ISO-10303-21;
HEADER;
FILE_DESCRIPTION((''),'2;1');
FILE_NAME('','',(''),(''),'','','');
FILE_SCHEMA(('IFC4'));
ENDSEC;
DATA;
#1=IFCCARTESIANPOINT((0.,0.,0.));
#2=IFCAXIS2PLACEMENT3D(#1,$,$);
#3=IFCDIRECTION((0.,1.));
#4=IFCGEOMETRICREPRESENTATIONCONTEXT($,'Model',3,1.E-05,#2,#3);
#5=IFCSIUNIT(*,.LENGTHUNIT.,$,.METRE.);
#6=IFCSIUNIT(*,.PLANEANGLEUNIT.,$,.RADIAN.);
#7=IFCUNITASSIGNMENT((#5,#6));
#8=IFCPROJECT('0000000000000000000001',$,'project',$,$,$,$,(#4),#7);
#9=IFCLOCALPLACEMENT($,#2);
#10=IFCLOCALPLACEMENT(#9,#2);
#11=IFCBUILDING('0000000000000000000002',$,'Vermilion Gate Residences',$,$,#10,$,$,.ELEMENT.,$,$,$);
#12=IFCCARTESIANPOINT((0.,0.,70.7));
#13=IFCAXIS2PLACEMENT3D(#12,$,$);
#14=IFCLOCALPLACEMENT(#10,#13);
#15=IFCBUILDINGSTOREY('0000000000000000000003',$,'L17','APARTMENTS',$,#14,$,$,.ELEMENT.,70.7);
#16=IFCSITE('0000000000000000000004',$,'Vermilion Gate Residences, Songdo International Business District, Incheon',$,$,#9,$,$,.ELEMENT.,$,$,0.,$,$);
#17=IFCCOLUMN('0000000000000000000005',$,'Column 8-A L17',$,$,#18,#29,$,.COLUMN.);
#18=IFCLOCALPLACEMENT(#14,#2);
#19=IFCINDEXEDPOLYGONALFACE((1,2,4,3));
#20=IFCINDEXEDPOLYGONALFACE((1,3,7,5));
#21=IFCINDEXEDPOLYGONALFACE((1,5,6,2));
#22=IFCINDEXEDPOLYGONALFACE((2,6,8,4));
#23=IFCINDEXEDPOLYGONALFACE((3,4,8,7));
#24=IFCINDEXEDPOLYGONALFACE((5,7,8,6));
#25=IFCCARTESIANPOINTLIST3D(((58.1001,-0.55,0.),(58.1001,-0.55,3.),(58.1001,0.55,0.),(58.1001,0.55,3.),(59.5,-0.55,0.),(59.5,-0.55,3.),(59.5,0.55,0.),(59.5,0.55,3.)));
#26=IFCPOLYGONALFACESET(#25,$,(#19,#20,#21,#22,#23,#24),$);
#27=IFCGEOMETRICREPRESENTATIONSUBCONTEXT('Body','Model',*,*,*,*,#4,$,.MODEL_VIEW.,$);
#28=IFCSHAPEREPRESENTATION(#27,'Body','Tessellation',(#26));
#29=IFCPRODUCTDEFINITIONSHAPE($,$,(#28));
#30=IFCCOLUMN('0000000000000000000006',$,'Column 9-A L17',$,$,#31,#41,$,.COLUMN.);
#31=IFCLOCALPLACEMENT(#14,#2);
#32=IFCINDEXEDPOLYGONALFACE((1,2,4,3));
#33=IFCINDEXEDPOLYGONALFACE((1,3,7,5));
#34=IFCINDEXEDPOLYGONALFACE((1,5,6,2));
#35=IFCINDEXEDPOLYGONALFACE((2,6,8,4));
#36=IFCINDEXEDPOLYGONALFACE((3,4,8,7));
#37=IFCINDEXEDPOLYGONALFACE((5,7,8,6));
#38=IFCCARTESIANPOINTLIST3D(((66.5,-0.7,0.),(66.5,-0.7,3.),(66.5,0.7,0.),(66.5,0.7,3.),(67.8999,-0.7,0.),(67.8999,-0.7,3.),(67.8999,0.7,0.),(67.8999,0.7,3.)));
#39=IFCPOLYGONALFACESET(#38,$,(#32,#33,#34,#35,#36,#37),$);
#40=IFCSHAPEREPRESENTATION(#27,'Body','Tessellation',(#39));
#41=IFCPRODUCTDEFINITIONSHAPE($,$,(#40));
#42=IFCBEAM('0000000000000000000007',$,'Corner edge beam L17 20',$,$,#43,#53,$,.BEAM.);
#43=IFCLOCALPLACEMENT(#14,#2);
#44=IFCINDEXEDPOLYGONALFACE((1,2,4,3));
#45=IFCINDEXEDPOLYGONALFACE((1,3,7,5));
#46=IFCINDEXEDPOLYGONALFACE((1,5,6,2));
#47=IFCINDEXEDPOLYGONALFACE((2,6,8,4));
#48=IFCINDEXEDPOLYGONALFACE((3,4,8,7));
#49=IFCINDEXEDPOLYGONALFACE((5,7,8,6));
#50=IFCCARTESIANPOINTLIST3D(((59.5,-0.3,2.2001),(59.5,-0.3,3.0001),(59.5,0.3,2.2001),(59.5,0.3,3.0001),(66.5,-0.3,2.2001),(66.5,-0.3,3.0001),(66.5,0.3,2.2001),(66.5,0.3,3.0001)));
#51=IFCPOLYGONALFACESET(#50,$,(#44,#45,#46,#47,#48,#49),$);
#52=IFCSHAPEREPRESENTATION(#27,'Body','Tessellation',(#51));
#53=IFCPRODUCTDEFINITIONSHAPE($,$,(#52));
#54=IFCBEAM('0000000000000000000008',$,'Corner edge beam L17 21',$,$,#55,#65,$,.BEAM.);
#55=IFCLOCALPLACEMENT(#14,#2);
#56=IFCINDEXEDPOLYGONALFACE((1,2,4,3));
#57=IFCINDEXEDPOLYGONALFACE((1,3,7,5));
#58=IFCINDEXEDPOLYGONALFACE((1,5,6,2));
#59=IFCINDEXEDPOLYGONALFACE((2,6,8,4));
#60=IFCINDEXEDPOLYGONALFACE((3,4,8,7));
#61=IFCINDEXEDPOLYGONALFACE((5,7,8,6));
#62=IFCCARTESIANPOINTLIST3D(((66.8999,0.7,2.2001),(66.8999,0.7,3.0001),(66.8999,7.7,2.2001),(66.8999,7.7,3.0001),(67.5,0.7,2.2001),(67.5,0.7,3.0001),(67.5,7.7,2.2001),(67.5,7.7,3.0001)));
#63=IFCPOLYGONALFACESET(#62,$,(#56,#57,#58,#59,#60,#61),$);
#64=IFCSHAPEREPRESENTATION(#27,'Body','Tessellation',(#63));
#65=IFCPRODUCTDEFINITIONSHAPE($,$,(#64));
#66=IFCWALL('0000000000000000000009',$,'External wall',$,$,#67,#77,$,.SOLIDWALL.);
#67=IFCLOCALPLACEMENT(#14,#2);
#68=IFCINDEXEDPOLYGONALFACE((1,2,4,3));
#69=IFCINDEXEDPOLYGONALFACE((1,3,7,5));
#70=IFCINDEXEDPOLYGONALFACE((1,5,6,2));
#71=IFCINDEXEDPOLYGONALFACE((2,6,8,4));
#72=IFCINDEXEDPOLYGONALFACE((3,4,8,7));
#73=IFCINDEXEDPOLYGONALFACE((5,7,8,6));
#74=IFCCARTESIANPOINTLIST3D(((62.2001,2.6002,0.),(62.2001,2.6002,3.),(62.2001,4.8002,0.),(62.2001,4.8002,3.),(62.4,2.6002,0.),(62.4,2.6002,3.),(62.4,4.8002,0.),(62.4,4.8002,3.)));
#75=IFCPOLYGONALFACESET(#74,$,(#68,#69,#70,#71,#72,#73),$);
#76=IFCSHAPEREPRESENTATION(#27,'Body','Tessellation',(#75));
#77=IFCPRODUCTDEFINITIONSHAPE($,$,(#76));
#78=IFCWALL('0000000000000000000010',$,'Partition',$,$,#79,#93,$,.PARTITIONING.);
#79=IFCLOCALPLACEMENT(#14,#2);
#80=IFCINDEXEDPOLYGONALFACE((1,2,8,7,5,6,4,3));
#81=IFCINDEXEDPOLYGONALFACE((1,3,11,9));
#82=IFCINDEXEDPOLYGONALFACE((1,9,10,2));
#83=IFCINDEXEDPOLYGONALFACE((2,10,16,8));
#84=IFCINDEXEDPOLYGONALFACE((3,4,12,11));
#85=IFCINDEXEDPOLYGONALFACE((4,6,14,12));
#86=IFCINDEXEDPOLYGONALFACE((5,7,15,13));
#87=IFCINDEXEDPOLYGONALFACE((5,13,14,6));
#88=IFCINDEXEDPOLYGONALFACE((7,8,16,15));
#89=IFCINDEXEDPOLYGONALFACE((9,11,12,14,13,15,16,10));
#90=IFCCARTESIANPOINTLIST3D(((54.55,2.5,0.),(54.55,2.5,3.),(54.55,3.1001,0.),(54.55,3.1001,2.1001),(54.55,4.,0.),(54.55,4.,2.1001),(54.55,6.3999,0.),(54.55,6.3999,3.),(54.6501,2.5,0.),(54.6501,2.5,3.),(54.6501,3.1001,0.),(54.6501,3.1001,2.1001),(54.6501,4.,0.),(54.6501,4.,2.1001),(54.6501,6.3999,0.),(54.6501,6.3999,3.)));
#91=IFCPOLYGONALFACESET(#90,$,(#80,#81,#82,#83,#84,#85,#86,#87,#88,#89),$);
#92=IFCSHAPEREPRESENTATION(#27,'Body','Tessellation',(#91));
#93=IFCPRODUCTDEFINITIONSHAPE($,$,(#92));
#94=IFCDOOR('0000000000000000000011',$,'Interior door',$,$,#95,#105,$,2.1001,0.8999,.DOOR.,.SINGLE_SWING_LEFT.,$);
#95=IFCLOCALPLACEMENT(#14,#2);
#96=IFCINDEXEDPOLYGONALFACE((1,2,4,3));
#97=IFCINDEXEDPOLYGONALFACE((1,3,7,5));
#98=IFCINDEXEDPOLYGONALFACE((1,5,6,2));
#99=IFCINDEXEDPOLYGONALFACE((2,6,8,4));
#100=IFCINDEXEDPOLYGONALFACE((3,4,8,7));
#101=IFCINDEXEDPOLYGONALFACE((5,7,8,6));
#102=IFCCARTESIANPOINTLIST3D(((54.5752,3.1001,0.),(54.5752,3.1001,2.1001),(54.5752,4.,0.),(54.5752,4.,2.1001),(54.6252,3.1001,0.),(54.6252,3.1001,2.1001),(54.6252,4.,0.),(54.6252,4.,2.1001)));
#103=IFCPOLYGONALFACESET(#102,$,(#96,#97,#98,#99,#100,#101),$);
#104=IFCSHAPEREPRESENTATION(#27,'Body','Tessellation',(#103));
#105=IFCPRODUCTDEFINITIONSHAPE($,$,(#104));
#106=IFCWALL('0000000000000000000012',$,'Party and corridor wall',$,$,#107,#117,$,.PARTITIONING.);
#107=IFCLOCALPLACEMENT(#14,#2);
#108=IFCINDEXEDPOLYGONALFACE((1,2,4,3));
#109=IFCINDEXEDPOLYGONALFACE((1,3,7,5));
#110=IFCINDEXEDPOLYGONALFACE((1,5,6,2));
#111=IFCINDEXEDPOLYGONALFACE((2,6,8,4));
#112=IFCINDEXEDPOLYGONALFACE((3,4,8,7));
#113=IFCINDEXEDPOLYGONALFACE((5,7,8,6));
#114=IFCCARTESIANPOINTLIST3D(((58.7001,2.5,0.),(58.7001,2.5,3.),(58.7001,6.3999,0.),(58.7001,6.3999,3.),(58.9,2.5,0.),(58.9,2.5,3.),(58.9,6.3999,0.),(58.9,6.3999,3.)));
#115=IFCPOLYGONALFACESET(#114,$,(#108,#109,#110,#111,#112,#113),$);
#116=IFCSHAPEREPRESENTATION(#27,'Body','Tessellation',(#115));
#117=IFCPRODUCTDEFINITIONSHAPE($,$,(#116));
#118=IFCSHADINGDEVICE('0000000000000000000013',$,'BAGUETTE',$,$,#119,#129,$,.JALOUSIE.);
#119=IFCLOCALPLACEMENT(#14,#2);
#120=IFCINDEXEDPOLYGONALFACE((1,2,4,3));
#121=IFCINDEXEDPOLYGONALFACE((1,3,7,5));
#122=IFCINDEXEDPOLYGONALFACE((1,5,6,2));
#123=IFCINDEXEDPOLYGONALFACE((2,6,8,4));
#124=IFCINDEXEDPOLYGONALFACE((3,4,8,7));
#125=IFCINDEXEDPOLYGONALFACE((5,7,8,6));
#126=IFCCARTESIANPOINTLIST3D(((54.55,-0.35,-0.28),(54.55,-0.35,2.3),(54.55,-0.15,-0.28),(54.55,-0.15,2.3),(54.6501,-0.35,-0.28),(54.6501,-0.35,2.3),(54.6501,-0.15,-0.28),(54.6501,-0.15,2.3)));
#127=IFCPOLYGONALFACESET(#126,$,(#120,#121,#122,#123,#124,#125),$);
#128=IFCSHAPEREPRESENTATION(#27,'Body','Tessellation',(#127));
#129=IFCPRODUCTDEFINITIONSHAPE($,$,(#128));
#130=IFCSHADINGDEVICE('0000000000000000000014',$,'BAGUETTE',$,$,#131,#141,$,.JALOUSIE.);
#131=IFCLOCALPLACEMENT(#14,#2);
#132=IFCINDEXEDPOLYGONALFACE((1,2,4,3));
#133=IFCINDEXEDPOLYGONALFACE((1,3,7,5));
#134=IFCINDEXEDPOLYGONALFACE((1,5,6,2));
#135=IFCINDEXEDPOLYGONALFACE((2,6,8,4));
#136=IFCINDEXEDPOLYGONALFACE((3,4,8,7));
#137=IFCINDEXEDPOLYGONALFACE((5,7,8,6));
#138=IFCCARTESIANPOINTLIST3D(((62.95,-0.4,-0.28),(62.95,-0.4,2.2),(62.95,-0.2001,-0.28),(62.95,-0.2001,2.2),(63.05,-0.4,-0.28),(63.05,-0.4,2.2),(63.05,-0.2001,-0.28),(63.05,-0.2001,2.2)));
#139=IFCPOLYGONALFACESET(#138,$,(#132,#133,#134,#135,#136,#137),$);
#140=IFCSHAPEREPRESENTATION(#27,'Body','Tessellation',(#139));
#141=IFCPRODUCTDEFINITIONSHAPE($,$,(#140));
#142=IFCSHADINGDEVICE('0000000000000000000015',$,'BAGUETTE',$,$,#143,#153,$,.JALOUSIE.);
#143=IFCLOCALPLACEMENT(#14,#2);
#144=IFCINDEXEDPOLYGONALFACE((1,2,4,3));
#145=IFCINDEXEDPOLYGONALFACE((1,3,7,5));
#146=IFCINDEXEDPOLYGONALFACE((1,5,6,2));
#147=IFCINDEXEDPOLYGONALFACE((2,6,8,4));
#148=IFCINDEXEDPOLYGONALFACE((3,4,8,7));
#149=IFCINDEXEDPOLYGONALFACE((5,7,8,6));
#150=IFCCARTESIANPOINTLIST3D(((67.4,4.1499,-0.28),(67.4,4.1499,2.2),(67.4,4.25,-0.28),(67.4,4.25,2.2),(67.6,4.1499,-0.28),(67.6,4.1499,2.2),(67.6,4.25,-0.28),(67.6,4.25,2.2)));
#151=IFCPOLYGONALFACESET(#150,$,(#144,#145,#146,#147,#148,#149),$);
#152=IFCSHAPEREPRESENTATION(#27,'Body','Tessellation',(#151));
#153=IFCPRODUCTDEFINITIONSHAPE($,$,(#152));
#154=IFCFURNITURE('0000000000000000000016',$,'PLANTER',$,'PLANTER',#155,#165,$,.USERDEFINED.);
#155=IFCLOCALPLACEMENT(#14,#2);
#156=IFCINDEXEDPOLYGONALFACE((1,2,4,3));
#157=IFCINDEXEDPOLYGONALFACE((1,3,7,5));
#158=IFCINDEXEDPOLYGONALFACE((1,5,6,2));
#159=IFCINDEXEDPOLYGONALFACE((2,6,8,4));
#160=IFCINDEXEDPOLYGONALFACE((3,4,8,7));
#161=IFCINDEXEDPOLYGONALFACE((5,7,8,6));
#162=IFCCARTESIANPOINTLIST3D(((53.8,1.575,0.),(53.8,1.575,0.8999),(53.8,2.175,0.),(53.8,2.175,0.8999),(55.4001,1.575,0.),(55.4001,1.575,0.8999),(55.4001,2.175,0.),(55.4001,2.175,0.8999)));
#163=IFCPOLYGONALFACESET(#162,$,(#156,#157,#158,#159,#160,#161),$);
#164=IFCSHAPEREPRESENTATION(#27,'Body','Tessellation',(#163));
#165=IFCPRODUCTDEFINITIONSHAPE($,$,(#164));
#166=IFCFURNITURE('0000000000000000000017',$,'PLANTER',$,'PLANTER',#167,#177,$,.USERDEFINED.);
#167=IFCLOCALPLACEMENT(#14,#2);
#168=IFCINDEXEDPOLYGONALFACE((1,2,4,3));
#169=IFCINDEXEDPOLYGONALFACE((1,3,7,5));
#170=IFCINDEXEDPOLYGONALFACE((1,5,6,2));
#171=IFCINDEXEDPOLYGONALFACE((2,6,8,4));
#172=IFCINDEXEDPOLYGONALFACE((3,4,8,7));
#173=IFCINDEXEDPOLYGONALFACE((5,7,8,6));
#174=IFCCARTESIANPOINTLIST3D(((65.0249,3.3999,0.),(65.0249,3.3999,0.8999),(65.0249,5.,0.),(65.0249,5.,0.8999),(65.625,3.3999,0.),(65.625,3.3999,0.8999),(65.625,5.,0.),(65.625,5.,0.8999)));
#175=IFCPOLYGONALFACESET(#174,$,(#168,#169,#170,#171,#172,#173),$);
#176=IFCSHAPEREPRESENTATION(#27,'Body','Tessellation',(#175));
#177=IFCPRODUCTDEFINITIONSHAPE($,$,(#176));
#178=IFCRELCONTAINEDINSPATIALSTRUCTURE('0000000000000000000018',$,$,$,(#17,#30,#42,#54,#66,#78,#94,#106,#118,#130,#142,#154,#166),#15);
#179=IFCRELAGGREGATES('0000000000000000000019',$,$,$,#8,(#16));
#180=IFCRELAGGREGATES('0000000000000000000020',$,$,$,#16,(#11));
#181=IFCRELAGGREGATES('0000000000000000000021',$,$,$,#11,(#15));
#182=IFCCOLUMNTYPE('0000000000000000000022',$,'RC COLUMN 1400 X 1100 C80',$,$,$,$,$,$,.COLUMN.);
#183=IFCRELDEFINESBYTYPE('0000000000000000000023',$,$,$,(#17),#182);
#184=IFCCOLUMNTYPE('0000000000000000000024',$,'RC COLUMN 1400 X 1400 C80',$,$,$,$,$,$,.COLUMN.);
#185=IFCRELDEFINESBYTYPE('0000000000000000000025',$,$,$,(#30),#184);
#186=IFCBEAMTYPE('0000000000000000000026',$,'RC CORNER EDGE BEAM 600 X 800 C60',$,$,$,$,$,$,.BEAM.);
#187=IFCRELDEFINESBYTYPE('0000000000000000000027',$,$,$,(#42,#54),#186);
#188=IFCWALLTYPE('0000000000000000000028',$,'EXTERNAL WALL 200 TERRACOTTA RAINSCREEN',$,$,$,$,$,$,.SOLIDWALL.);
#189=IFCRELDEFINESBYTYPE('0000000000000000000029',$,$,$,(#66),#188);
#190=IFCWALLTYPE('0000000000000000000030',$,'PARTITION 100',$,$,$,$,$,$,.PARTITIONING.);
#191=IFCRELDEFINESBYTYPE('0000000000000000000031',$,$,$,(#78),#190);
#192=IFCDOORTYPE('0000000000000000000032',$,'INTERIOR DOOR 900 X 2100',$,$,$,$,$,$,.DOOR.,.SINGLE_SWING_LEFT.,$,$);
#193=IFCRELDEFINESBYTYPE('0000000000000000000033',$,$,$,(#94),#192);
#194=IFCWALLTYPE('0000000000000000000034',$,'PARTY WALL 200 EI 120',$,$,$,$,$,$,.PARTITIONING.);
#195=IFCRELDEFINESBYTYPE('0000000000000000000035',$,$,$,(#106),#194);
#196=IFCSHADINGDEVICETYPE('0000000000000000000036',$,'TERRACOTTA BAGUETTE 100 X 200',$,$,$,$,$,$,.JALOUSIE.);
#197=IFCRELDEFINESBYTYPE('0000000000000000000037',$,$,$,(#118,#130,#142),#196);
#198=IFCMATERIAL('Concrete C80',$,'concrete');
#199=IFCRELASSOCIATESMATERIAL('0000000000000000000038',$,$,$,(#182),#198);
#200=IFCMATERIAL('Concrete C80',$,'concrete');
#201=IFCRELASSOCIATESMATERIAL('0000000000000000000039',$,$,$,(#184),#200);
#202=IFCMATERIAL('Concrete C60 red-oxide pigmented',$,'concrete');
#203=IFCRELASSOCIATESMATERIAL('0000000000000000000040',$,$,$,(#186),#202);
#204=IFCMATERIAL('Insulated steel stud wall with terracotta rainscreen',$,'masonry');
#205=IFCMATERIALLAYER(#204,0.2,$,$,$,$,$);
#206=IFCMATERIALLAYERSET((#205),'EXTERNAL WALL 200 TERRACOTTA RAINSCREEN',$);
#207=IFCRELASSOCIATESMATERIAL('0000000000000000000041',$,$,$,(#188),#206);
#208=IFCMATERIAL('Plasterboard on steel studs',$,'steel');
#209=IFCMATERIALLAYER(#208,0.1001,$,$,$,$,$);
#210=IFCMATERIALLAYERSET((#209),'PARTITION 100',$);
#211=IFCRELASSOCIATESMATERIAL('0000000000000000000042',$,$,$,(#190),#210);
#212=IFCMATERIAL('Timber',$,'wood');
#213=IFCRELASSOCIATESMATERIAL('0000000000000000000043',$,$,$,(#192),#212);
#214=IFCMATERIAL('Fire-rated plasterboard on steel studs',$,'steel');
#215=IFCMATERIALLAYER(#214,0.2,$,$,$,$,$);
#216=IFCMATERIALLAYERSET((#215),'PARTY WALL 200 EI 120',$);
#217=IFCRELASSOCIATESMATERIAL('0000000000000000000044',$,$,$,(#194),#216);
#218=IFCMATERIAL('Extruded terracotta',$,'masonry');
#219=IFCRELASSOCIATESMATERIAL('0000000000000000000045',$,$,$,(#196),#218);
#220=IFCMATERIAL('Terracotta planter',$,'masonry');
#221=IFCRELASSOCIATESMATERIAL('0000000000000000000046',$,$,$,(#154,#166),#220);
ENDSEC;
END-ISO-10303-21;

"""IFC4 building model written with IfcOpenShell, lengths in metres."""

from ifc_helpers import new_model, si_unit, direction, frame, frame_2d, origin, origin_2d, place, context, subcontext, project, spatial, rectangle, extrude, material, layer, layer_set, material_profile, profile_set, type_object, element, fill, save


model = new_model("IFC4")

# Units and contexts
model_context = context("Model", 3, precision=1e-05, world=origin(), true_north=direction((0.0, 1.0)))
body_context = subcontext(model_context, "Body", "Model", "MODEL_VIEW")
ifc_project = project(units=[si_unit("LENGTHUNIT", "METRE"), si_unit("PLANEANGLEUNIT", "RADIAN")], contexts=[model_context])

# Site, building, storey
site_placement = place(None, origin())
site = spatial("IfcSite", under=ifc_project, at=site_placement, Name="Vermilion Gate Residences, Songdo International Business District, Incheon", CompositionType="ELEMENT", RefElevation=0.0)
building_placement = place(site_placement, origin())
building = spatial("IfcBuilding", under=site, at=building_placement, Name="Vermilion Gate Residences", CompositionType="ELEMENT")
storey_placement = place(building_placement, frame((0.0, 0.0, 70.7)))
storey = spatial("IfcBuildingStorey", under=building, at=storey_placement, Name="L17", Description="APARTMENTS", CompositionType="ELEMENT", Elevation=70.7)

# Columns
ifc_material_1 = material(Name="Concrete C80", Category="concrete")
ifc_material_profile_1 = material_profile(ifc_material_1, rectangle(XDim=1.3999, YDim=1.1001, at=origin_2d()), Name="RC-1400x1100")
ifc_profile_set_1 = profile_set([ifc_material_profile_1], Name="Concrete C80")
column_type_1 = type_object("IfcColumnType", Name="RC COLUMN 1400 X 1100 C80", PredefinedType="COLUMN", material=ifc_profile_set_1)
column_1_placement = place(storey_placement, frame((58.8, 0.0, 0.0), z_axis=(0.0, 0.0, 1.0), x_axis=(1.0, 0.0, 0.0)))
element("IfcColumn", 1, at=column_1_placement, inside=storey, type_object=column_type_1, Name="Column 8-A L17", PredefinedType="COLUMN", context=body_context, shape_type="SweptSolid", body=[
    extrude(rectangle(XDim=1.3999, YDim=1.1001, at=origin_2d()), origin(), (0.0, 0.0, 1.0), 3.0),
])
ifc_material_2 = material(Name="Concrete C80", Category="concrete")
ifc_material_profile_2 = material_profile(ifc_material_2, rectangle(XDim=1.3999, YDim=1.3999, at=origin_2d()), Name="RC-1400x1400")
ifc_profile_set_2 = profile_set([ifc_material_profile_2], Name="Concrete C80")
column_type_2 = type_object("IfcColumnType", Name="RC COLUMN 1400 X 1400 C80", PredefinedType="COLUMN", material=ifc_profile_set_2)
column_2_placement = place(storey_placement, frame((67.2, 0.0, 0.0), z_axis=(0.0, 0.0, 1.0), x_axis=(1.0, 0.0, 0.0)))
element("IfcColumn", 2, at=column_2_placement, inside=storey, type_object=column_type_2, Name="Column 9-A L17", PredefinedType="COLUMN", context=body_context, shape_type="SweptSolid", body=[
    extrude(rectangle(XDim=1.3999, YDim=1.3999, at=origin_2d()), origin(), (0.0, 0.0, 1.0), 3.0),
])

# Beams
ifc_material_3 = material(Name="Concrete C60 red-oxide pigmented", Category="concrete")
ifc_material_profile_3 = material_profile(ifc_material_3, rectangle(XDim=0.6001, YDim=0.8, at=origin_2d()), Name="RC-600x800")
ifc_profile_set_3 = profile_set([ifc_material_profile_3], Name="Concrete C60 red-oxide pigmented")
beam_type = type_object("IfcBeamType", Name="RC CORNER EDGE BEAM 600 X 800 C60", PredefinedType="BEAM", material=ifc_profile_set_3)
for number, where, z_axis, x_axis, name in (
    (3, (59.5, 0.0, 2.6001), (1.0, 0.0, 0.0), (0.0, 1.0, 0.0), "Corner edge beam L17 20"),
    (4, (67.2, 0.7, 2.6001), (0.0, 1.0, 0.0), (-1.0, 0.0, 0.0), "Corner edge beam L17 21"),
):
    element("IfcBeam", number, at=place(storey_placement, frame(where, z_axis=z_axis, x_axis=x_axis)), inside=storey, type_object=beam_type, Name=name, PredefinedType="BEAM", context=body_context, shape_type="SweptSolid", body=[
        extrude(rectangle(XDim=0.6001, YDim=0.8, at=origin_2d()), origin(), (0.0, 0.0, 1.0), 7.0),
    ])

# Wall
ifc_material_4 = material(Name="Insulated steel stud wall with terracotta rainscreen", Category="masonry")
ifc_layer_1 = layer(ifc_material_4, 0.2)
ifc_layer_set_1 = layer_set([ifc_layer_1], Name="EXTERNAL WALL 200 TERRACOTTA RAINSCREEN")
wall_type_1 = type_object("IfcWallType", Name="EXTERNAL WALL 200 TERRACOTTA RAINSCREEN", PredefinedType="SOLIDWALL", material=ifc_layer_set_1)
wall_1_placement = place(storey_placement, frame((62.3, 2.6001, 0.0), z_axis=(0.0, 0.0, 1.0), x_axis=(0.0, 1.0, 0.0)))
element("IfcWall", 5, at=wall_1_placement, inside=storey, type_object=wall_type_1, Name="External wall", PredefinedType="SOLIDWALL", context=body_context, shape_type="SweptSolid", body=[
    extrude(rectangle(XDim=2.2, YDim=0.2, at=frame_2d((1.1001, 0.0))), origin(), (0.0, 0.0, 1.0), 3.0),
])

# Wall, opening, door
ifc_material_5 = material(Name="Plasterboard on steel studs", Category="steel")
ifc_layer_2 = layer(ifc_material_5, 0.1001)
ifc_layer_set_2 = layer_set([ifc_layer_2], Name="PARTITION 100")
wall_type_2 = type_object("IfcWallType", Name="PARTITION 100", PredefinedType="PARTITIONING", material=ifc_layer_set_2)
wall_2_placement = place(storey_placement, frame((54.6001, 2.5, 0.0), z_axis=(0.0, 0.0, 1.0), x_axis=(0.0, 1.0, 0.0)))
wall_2 = element("IfcWall", 6, at=wall_2_placement, inside=storey, type_object=wall_type_2, Name="Partition", PredefinedType="PARTITIONING", context=body_context, shape_type="SweptSolid", body=[
    extrude(rectangle(XDim=3.8999, YDim=0.1001, at=frame_2d((1.95, 0.0))), origin(), (0.0, 0.0, 1.0), 3.0),
])
opening_placement = place(wall_2_placement, frame((0.6001, 0.0, 0.0)))
opening = element("IfcOpeningElement", 7, at=opening_placement, cuts=wall_2, PredefinedType="OPENING", context=body_context, shape_type="SweptSolid", body=[
    extrude(rectangle(XDim=0.8999, YDim=2.1001, at=frame_2d((0.45, 1.05))), frame((0.0, 0.0601, 0.0), z_axis=(0.0, -1.0, 0.0), x_axis=(1.0, 0.0, 0.0)), (0.0, 0.0, 1.0), 0.1201),
])
ifc_material_6 = material(Name="Timber", Category="wood")
door_type = type_object("IfcDoorType", Name="INTERIOR DOOR 900 X 2100", OperationType="SINGLE_SWING_LEFT", PredefinedType="DOOR", material=ifc_material_6)
door_placement = place(opening_placement, origin())
door = element("IfcDoor", 8, at=door_placement, inside=storey, type_object=door_type, Name="Interior door", OperationType="SINGLE_SWING_LEFT", OverallHeight=2.1001, OverallWidth=0.8999, PredefinedType="DOOR", context=body_context, shape_type="SweptSolid", body=[
    extrude(rectangle(XDim=0.8999, YDim=2.1001, at=frame_2d((0.45, 1.05))), frame((0.0, 0.0249, 0.0), z_axis=(0.0, -1.0, 0.0), x_axis=(1.0, 0.0, 0.0)), (0.0, 0.0, 1.0), 0.05),
])
fill(opening, door)

# Wall
ifc_material_7 = material(Name="Fire-rated plasterboard on steel studs", Category="steel")
ifc_layer_3 = layer(ifc_material_7, 0.2)
ifc_layer_set_3 = layer_set([ifc_layer_3], Name="PARTY WALL 200 EI 120")
wall_type_3 = type_object("IfcWallType", Name="PARTY WALL 200 EI 120", PredefinedType="PARTITIONING", material=ifc_layer_set_3)
wall_3_placement = place(storey_placement, frame((58.8, 2.5, 0.0), z_axis=(0.0, 0.0, 1.0), x_axis=(0.0, 1.0, 0.0)))
element("IfcWall", 9, at=wall_3_placement, inside=storey, type_object=wall_type_3, Name="Party and corridor wall", PredefinedType="PARTITIONING", context=body_context, shape_type="SweptSolid", body=[
    extrude(rectangle(XDim=3.8999, YDim=0.2, at=frame_2d((1.95, 0.0))), origin(), (0.0, 0.0, 1.0), 3.0),
])

# Shading devices
ifc_material_8 = material(Name="Extruded terracotta", Category="masonry")
ifc_material_profile_4 = material_profile(ifc_material_8, rectangle(XDim=0.2, YDim=0.1001, at=origin_2d()), Name="BAGUETTE 100 X 200")
ifc_profile_set_4 = profile_set([ifc_material_profile_4], Name="Extruded terracotta")
shading_device_type = type_object("IfcShadingDeviceType", Name="TERRACOTTA BAGUETTE 100 X 200", PredefinedType="JALOUSIE", material=ifc_profile_set_4)
shading_device_placement = place(storey_placement, frame((54.6001, -0.25, -0.28), z_axis=(0.0, 0.0, 1.0), x_axis=(0.0, 1.0, 0.0)))
element("IfcShadingDevice", 10, at=shading_device_placement, inside=storey, type_object=shading_device_type, Name="BAGUETTE", PredefinedType="JALOUSIE", context=body_context, shape_type="SweptSolid", body=[
    extrude(rectangle(XDim=0.2, YDim=0.1001, at=origin_2d()), origin(), (0.0, 0.0, 1.0), 2.5801),
])
for number, where, z_axis, x_axis, name in (
    (11, (63.0, -0.3, -0.28), (0.0, 0.0, 1.0), (0.0, 1.0, 0.0), "BAGUETTE"),
    (12, (67.5, 4.2, -0.28), (0.0, 0.0, 1.0), (-1.0, 0.0, 0.0), "BAGUETTE"),
):
    element("IfcShadingDevice", number, at=place(storey_placement, frame(where, z_axis=z_axis, x_axis=x_axis)), inside=storey, type_object=shading_device_type, Name=name, PredefinedType="JALOUSIE", context=body_context, shape_type="SweptSolid", body=[
        extrude(rectangle(XDim=0.2, YDim=0.1001, at=origin_2d()), origin(), (0.0, 0.0, 1.0), 2.48),
    ])

# Furniture
ifc_material_9 = material(Name="Terracotta planter", Category="masonry")
for number, where, z_axis, x_axis, name in (
    (13, (54.6001, 1.875, 0.0), (0.0, 0.0, 1.0), (1.0, 0.0, 0.0), "PLANTER"),
    (14, (65.325, 4.2, 0.0), (0.0, 0.0, 1.0), (0.0, 1.0, 0.0), "PLANTER"),
):
    element("IfcFurniture", number, at=place(storey_placement, frame(where, z_axis=z_axis, x_axis=x_axis)), inside=storey, material=ifc_material_9, Name=name, ObjectType="PLANTER", PredefinedType="USERDEFINED", context=body_context, shape_type="SweptSolid", body=[
        extrude(rectangle(XDim=1.6001, YDim=0.6001, at=origin_2d()), origin(), (0.0, 0.0, 1.0), 0.8999),
    ])

save(model, "model.ifc")
